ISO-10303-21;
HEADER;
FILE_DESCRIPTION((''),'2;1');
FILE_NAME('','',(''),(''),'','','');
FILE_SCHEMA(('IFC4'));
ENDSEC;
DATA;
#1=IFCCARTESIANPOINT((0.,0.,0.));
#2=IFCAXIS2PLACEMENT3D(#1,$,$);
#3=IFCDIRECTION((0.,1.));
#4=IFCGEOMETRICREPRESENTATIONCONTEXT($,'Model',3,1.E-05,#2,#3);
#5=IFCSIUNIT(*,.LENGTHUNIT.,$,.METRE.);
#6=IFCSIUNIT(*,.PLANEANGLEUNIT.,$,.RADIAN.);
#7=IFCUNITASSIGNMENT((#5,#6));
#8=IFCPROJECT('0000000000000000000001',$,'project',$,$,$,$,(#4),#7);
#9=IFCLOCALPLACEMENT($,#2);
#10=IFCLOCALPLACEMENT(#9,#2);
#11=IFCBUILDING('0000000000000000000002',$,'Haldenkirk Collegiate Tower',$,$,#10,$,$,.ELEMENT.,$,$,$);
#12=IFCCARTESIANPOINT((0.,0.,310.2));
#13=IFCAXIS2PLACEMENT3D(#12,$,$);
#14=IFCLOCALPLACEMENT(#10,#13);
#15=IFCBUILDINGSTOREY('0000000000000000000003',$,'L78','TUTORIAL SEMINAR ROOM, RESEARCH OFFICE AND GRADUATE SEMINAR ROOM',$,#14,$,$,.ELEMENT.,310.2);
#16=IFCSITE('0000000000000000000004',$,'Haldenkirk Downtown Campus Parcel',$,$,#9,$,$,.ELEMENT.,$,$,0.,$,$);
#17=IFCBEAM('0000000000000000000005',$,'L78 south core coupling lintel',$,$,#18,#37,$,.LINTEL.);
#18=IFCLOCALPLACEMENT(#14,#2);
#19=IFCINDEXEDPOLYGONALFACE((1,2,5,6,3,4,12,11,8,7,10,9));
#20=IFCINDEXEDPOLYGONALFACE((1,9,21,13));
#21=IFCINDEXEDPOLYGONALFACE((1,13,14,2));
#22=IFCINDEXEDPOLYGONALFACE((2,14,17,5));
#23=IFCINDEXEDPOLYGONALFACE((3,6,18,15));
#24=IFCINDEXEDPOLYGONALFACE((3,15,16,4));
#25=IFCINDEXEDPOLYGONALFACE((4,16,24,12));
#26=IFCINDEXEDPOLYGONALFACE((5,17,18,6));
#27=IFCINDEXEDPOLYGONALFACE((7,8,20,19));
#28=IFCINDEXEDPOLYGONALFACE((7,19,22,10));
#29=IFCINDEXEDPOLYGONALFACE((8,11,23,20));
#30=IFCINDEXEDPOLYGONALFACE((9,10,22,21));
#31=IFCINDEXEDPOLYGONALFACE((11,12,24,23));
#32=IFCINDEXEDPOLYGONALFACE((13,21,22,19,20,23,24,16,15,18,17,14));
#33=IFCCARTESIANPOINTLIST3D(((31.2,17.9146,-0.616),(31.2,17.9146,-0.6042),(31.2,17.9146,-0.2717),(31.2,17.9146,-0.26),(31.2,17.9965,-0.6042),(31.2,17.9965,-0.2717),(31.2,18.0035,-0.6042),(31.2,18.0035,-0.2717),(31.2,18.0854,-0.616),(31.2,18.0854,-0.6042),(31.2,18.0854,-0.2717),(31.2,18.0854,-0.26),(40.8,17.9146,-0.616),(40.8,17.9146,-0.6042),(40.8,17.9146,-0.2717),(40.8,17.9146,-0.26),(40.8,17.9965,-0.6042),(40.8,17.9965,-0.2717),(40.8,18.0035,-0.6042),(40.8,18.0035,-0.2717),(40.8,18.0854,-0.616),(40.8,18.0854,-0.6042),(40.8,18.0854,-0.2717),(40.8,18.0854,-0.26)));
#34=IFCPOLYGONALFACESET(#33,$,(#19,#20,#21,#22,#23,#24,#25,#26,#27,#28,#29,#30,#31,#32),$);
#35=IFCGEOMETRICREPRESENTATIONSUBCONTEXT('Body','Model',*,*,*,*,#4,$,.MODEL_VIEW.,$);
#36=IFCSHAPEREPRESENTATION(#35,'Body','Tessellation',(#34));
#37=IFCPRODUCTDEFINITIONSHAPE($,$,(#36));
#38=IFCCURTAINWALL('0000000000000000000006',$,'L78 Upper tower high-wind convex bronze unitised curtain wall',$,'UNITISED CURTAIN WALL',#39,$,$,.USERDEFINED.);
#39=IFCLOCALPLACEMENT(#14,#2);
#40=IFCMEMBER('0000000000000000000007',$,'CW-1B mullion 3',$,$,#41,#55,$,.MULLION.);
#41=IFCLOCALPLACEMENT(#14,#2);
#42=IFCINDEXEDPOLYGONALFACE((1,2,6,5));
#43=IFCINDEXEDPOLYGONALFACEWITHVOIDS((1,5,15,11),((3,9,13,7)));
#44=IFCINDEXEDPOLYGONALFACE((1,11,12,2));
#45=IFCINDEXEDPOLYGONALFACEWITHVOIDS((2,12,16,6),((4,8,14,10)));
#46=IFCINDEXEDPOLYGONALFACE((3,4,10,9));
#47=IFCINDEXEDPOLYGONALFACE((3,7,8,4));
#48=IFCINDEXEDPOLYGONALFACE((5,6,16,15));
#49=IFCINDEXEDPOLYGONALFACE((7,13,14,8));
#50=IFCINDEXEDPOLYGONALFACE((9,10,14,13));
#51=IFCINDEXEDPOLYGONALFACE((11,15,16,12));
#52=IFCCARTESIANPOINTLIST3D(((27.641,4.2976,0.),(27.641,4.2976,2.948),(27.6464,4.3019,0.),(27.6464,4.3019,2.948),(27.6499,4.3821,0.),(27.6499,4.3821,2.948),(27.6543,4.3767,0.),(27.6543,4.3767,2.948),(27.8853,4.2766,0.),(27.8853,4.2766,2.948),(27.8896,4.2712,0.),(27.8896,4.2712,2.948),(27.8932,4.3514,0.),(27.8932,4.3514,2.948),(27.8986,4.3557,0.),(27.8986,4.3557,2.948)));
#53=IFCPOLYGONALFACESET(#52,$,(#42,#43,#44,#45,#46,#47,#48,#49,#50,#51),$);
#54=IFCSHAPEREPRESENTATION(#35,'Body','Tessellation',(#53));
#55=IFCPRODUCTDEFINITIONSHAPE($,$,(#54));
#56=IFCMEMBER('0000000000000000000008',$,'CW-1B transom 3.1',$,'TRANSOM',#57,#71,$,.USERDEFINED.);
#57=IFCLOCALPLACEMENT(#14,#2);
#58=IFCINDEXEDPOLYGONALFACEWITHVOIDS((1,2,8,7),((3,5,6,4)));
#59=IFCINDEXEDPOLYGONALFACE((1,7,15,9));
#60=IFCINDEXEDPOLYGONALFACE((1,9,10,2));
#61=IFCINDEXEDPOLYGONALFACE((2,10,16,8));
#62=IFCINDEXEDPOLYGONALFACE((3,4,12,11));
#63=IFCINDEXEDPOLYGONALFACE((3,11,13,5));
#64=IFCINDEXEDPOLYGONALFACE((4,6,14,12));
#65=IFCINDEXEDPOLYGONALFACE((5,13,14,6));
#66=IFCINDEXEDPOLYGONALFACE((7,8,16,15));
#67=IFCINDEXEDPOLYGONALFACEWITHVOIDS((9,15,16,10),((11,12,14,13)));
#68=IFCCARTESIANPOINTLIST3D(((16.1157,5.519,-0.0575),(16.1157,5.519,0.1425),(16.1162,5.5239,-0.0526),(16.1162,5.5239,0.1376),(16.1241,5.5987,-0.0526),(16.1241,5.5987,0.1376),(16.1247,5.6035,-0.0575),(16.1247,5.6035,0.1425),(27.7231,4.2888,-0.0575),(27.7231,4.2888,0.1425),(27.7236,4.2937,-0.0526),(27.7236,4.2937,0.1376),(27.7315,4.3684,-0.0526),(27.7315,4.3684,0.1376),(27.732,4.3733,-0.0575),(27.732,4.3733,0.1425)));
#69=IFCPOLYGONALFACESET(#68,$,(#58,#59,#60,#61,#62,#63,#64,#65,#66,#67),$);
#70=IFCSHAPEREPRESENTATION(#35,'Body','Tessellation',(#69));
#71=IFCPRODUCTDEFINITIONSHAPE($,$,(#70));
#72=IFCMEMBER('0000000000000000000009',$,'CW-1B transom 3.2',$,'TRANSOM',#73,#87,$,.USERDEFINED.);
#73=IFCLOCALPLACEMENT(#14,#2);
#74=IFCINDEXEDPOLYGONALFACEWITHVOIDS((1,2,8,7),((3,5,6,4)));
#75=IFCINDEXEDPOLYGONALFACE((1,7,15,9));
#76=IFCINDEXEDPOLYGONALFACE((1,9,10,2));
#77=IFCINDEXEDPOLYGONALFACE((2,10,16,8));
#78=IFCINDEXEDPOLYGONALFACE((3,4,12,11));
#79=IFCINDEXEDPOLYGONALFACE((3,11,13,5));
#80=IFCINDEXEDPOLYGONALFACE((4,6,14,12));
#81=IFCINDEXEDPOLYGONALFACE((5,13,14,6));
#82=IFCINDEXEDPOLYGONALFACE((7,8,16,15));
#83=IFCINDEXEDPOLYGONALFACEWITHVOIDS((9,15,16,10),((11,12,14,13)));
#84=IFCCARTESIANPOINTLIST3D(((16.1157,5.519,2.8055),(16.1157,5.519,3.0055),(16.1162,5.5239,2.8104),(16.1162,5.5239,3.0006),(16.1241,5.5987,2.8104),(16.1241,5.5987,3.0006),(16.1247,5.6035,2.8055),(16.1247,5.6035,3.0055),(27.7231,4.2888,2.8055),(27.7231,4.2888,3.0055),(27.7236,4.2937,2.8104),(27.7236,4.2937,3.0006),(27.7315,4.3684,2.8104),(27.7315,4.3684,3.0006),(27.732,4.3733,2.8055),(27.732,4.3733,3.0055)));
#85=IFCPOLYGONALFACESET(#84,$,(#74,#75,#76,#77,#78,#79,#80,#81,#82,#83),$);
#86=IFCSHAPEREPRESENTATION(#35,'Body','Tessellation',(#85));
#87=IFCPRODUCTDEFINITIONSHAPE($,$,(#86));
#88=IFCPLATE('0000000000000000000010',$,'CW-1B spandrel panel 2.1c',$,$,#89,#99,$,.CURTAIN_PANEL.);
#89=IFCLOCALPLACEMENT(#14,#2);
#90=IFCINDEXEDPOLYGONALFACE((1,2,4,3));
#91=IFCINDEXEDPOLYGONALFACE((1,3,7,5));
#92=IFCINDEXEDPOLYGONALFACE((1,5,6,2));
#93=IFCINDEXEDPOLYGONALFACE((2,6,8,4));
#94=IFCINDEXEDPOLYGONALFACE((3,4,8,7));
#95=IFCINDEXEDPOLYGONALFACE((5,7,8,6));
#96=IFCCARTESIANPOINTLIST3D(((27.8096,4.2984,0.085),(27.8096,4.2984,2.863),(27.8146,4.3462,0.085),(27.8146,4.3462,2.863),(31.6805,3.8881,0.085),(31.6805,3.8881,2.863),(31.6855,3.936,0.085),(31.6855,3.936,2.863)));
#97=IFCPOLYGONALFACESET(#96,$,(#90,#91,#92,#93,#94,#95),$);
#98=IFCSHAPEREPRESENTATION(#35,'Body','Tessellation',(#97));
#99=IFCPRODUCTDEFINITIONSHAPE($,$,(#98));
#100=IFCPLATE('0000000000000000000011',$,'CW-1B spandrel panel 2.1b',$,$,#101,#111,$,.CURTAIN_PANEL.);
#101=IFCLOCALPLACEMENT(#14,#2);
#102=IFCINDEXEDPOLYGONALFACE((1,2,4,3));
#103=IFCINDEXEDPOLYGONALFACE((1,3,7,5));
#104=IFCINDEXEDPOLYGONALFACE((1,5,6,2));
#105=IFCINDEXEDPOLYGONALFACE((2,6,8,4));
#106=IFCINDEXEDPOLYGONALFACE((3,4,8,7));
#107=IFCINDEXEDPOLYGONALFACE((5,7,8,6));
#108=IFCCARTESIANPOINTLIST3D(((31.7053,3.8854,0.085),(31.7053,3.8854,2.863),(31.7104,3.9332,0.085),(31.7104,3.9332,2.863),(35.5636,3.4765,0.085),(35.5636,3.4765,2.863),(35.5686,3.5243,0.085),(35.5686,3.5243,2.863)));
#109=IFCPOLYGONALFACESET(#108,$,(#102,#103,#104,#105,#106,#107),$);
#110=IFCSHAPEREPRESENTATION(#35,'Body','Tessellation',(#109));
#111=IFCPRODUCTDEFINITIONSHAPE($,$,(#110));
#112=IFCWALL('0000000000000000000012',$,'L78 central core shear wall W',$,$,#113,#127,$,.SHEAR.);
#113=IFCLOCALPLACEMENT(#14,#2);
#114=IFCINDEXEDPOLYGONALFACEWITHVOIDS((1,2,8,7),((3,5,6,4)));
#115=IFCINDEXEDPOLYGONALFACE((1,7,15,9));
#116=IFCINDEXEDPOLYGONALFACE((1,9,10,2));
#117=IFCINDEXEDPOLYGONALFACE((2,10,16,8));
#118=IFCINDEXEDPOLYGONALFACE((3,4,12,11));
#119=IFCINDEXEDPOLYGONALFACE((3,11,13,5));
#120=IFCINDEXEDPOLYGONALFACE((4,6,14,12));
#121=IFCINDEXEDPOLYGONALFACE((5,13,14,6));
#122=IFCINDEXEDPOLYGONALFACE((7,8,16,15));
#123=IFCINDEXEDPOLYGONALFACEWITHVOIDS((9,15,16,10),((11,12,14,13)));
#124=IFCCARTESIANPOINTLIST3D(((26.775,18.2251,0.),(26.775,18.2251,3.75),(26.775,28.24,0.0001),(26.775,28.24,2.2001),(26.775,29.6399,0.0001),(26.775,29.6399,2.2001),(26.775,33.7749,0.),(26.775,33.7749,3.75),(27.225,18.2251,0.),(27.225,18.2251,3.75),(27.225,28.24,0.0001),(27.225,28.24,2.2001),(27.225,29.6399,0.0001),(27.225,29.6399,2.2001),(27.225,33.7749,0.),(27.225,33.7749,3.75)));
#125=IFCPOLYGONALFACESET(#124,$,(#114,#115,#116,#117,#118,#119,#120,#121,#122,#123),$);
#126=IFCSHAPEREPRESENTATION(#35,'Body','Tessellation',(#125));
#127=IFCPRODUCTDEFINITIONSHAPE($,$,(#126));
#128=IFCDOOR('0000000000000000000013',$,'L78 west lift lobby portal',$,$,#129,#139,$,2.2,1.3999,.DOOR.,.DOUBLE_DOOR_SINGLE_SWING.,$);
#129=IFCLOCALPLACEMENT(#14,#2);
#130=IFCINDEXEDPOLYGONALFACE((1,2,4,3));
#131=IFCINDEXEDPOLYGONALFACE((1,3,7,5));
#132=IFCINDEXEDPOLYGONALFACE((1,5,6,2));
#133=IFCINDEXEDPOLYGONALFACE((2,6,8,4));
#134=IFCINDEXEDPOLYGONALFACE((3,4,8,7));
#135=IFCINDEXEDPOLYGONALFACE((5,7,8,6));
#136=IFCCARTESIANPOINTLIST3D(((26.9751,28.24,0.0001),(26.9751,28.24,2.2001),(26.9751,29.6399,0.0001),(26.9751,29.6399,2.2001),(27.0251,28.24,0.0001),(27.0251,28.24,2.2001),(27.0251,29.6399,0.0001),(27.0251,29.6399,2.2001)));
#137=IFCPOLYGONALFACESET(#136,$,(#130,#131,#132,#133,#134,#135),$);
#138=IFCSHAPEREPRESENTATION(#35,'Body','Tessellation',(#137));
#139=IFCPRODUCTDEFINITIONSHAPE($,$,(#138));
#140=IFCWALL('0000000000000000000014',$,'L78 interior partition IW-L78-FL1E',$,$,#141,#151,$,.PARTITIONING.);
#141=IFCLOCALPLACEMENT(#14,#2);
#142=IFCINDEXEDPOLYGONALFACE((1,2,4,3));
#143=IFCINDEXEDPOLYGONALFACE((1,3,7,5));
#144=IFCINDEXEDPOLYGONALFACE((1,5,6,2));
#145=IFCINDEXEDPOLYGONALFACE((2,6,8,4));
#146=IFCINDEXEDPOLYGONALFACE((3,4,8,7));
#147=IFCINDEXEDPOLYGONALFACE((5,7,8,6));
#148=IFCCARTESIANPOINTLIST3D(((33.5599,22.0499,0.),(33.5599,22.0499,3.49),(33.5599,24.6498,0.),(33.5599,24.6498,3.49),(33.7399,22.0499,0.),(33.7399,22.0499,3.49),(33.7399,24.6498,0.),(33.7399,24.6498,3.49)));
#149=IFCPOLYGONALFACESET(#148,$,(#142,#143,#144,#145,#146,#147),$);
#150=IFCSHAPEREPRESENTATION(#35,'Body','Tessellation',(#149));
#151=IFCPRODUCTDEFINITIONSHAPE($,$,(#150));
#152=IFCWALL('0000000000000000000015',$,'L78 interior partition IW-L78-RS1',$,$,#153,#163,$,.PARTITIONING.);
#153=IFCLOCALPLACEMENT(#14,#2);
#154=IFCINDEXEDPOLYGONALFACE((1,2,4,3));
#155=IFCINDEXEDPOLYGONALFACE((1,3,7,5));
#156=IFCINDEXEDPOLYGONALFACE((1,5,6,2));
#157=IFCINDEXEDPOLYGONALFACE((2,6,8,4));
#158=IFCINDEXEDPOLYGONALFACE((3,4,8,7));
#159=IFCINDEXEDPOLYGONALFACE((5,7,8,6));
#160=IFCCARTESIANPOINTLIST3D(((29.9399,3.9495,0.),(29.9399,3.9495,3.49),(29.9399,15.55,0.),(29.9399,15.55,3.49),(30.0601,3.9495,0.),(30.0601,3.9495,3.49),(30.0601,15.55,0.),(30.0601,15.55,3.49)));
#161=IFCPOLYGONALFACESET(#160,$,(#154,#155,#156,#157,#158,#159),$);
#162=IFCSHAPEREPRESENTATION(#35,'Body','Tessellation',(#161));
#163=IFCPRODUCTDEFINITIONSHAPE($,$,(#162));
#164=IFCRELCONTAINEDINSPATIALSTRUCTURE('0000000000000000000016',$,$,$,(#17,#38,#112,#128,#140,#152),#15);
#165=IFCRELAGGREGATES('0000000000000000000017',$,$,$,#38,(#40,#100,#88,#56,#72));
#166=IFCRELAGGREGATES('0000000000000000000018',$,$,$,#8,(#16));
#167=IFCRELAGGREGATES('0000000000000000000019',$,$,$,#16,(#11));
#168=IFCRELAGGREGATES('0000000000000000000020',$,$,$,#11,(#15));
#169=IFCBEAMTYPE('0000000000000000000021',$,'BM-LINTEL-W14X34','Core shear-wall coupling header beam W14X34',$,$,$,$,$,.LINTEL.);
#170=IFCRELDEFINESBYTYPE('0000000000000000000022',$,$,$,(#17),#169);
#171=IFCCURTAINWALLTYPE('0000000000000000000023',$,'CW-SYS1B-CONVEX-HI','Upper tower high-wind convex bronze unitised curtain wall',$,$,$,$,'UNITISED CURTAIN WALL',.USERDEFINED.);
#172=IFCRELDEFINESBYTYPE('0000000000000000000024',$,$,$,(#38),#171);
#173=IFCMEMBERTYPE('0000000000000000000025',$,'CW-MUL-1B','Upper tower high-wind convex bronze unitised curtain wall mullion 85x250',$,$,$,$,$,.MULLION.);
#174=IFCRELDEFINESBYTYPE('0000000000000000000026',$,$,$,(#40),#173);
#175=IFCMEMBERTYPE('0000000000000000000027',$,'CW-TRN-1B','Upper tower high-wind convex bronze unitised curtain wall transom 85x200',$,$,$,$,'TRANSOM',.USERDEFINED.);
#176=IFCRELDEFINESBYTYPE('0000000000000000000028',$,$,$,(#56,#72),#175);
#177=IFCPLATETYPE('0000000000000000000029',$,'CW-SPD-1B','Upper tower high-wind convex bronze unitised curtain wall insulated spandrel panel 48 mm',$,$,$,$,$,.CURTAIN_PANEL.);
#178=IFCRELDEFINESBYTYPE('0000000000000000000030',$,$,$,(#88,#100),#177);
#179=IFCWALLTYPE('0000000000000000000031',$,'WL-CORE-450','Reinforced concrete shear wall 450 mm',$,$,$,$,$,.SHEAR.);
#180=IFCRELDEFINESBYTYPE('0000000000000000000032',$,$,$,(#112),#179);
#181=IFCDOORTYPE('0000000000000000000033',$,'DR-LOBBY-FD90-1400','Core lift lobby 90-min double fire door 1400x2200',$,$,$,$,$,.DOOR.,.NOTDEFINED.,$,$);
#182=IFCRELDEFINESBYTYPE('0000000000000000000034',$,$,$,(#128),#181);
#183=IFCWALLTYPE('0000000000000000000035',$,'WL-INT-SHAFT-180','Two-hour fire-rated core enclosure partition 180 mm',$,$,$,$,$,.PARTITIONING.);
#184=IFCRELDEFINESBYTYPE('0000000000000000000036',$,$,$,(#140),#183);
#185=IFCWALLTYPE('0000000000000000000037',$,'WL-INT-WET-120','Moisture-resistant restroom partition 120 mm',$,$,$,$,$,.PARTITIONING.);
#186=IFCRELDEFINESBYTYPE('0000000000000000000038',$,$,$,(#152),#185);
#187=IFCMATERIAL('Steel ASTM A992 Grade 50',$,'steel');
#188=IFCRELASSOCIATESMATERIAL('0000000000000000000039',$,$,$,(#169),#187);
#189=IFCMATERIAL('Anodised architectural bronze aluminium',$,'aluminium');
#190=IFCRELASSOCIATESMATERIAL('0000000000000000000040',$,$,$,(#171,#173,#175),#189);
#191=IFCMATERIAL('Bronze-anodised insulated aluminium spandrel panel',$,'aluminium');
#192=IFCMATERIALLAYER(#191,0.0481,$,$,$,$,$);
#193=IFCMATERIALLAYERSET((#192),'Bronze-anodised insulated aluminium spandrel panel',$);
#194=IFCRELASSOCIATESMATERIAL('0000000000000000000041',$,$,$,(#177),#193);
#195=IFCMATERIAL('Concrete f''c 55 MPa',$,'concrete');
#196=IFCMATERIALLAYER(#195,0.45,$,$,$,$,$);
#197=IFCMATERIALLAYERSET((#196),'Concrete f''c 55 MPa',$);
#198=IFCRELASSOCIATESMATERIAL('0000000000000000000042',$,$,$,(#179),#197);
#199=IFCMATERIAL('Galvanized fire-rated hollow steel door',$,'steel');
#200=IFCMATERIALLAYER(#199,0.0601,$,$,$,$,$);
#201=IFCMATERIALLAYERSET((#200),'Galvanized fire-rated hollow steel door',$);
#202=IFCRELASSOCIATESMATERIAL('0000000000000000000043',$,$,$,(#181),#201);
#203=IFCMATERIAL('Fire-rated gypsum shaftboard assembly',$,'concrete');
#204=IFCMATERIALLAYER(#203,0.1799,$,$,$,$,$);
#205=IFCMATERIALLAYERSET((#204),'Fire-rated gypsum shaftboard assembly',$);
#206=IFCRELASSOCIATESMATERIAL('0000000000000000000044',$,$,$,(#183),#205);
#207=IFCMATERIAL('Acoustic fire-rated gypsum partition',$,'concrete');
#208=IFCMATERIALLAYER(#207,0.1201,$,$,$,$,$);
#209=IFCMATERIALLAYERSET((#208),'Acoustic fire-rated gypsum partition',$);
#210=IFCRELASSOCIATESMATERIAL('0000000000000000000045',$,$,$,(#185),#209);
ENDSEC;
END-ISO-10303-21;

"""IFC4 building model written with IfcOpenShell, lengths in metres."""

from ifc_helpers import new_model, si_unit, direction, frame, frame_2d, origin, origin_2d, place, context, subcontext, project, spatial, rectangle, hollow_rectangle, i_section, extrude, source, transform, mapped, material, layer, layer_set, material_profile, profile_set, type_object, element, fill, aggregate, save


model = new_model("IFC4")

# Units and contexts
model_context = context("Model", 3, precision=1e-05, world=origin(), true_north=direction((0.0, 1.0)))
body_context = subcontext(model_context, "Body", "Model", "MODEL_VIEW")
ifc_project = project(units=[si_unit("LENGTHUNIT", "METRE"), si_unit("PLANEANGLEUNIT", "RADIAN")], contexts=[model_context])

# Site, building, storey
site_placement = place(None, origin())
site = spatial("IfcSite", under=ifc_project, at=site_placement, Name="Haldenkirk Downtown Campus Parcel", CompositionType="ELEMENT", RefElevation=0.0)
building_placement = place(site_placement, origin())
building = spatial("IfcBuilding", under=site, at=building_placement, Name="Haldenkirk Collegiate Tower", CompositionType="ELEMENT")
storey_placement = place(building_placement, frame((0.0, 0.0, 310.2)))
storey = spatial("IfcBuildingStorey", under=building, at=storey_placement, Name="L78", Description="TUTORIAL SEMINAR ROOM, RESEARCH OFFICE AND GRADUATE SEMINAR ROOM", CompositionType="ELEMENT", Elevation=310.2)

# Beam
ifc_material_1 = material(Name="Steel ASTM A992 Grade 50", Category="steel")
ifc_material_profile_1 = material_profile(ifc_material_1, i_section(OverallWidth=0.1709, OverallDepth=0.356, WebThickness=0.0071, FlangeThickness=0.0117, at=origin_2d()), Name="W14X34")
ifc_profile_set_1 = profile_set([ifc_material_profile_1], Name="Steel ASTM A992 Grade 50")
beam_type = type_object("IfcBeamType", Name="BM-LINTEL-W14X34", Description="Core shear-wall coupling header beam W14X34", PredefinedType="LINTEL", material=ifc_profile_set_1)
beam_placement = place(storey_placement, frame((31.2, 18.0, -0.438), z_axis=(1.0, 0.0, 0.0), x_axis=(0.0, 1.0, 0.0)))
element("IfcBeam", 1, at=beam_placement, inside=storey, type_object=beam_type, Name="L78 south core coupling lintel", PredefinedType="LINTEL", context=body_context, shape_type="SweptSolid", body=[
    extrude(i_section(OverallWidth=0.1709, OverallDepth=0.356, WebThickness=0.0071, FlangeThickness=0.0117, at=origin_2d()), origin(), (0.0, 0.0, 1.0), 9.6001),
])

# Curtain wall, members, plates
ifc_material_2 = material(Name="Anodised architectural bronze aluminium", Category="aluminium")
curtain_wall_type = type_object("IfcCurtainWallType", Name="CW-SYS1B-CONVEX-HI", Description="Upper tower high-wind convex bronze unitised curtain wall", ElementType="UNITISED CURTAIN WALL", PredefinedType="USERDEFINED", material=ifc_material_2)
curtain_wall_placement = place(storey_placement, origin())
curtain_wall = element("IfcCurtainWall", 2, at=curtain_wall_placement, inside=storey, type_object=curtain_wall_type, Name="L78 Upper tower high-wind convex bronze unitised curtain wall", ObjectType="UNITISED CURTAIN WALL", PredefinedType="USERDEFINED")
ifc_material_profile_2 = material_profile(ifc_material_2, hollow_rectangle(XDim=0.085, YDim=0.25, WallThickness=0.0049, at=origin_2d()), Name="CW-MUL-1B")
ifc_profile_set_2 = profile_set([ifc_material_profile_2], Name="Anodised architectural bronze aluminium")
member_type_1 = type_object("IfcMemberType", Name="CW-MUL-1B", Description="Upper tower high-wind convex bronze unitised curtain wall mullion 85x250", PredefinedType="MULLION", material=ifc_profile_set_2)
member_1_placement = place(storey_placement, frame((27.7698, 4.3267, 0.0), z_axis=(0.0, 0.0, 1.0), x_axis=(-0.105393, -0.994431, 0.0)))
member_1 = element("IfcMember", 3, at=member_1_placement, type_object=member_type_1, Name="CW-1B mullion 3", PredefinedType="MULLION", context=body_context, shape_type="SweptSolid", body=[
    extrude(hollow_rectangle(XDim=0.085, YDim=0.25, WallThickness=0.0049, at=origin_2d()), origin(), (0.0, 0.0, 1.0), 2.948),
])
ifc_material_profile_3 = material_profile(ifc_material_2, hollow_rectangle(XDim=0.085, YDim=0.2, WallThickness=0.0049, at=origin_2d()), Name="CW-TRN-1B")
ifc_profile_set_3 = profile_set([ifc_material_profile_3], Name="Anodised architectural bronze aluminium")
member_type_2 = type_object("IfcMemberType", Name="CW-TRN-1B", Description="Upper tower high-wind convex bronze unitised curtain wall transom 85x200", ElementType="TRANSOM", PredefinedType="USERDEFINED", material=ifc_profile_set_3)
member_2_placement = place(storey_placement, frame((27.7275, 4.3311, 0.0425), z_axis=(-0.99443, 0.105396, 0.0), x_axis=(-0.105396, -0.99443, 0.0)))
member_2 = element("IfcMember", 4, at=member_2_placement, type_object=member_type_2, Name="CW-1B transom 3.1", ObjectType="TRANSOM", PredefinedType="USERDEFINED", context=body_context, shape_type="SweptSolid", body=[
    extrude(hollow_rectangle(XDim=0.085, YDim=0.2, WallThickness=0.0049, at=origin_2d()), origin(), (0.0, 0.0, 1.0), 11.6724),
])
member_3_placement = place(storey_placement, frame((27.7275, 4.3311, 2.9055), z_axis=(-0.99443, 0.105396, 0.0), x_axis=(-0.105396, -0.99443, 0.0)))
member_3 = element("IfcMember", 5, at=member_3_placement, type_object=member_type_2, Name="CW-1B transom 3.2", ObjectType="TRANSOM", PredefinedType="USERDEFINED", context=body_context, shape_type="SweptSolid", body=[
    extrude(hollow_rectangle(XDim=0.085, YDim=0.2, WallThickness=0.0049, at=origin_2d()), origin(), (0.0, 0.0, 1.0), 11.6724),
])
ifc_material_3 = material(Name="Bronze-anodised insulated aluminium spandrel panel", Category="aluminium")
ifc_layer_1 = layer(ifc_material_3, 0.0481)
ifc_layer_set_1 = layer_set([ifc_layer_1], Name="Bronze-anodised insulated aluminium spandrel panel")
plate_type = type_object("IfcPlateType", Name="CW-SPD-1B", Description="Upper tower high-wind convex bronze unitised curtain wall insulated spandrel panel 48 mm", PredefinedType="CURTAIN_PANEL", material=ifc_layer_set_1)
shared_shape_1 = source(origin(), body_context, "Body", "SweptSolid", [
    extrude(rectangle(XDim=3.8926, YDim=0.0481, at=origin_2d()), origin(), (0.0, 0.0, 1.0), 2.7781),
])
plate_1_placement = place(storey_placement, frame((29.7476, 4.1172, 0.085), z_axis=(0.0, 0.0, 1.0), x_axis=(-0.994431, 0.105393, 0.0)))
plate_1 = element("IfcPlate", 6, at=plate_1_placement, type_object=plate_type, Name="CW-1B spandrel panel 2.1c", PredefinedType="CURTAIN_PANEL", context=body_context, shape_type="MappedRepresentation", body=[
    mapped(shared_shape_1, transform((0.0, 0.0, 0.0), x_axis=(1.0, 0.0, 0.0), y_axis=(0.0, 1.0, 0.0), z_axis=(0.0, 0.0, 1.0), scale=1.0)),
])
shared_shape_2 = source(origin(), body_context, "Body", "SweptSolid", [
    extrude(rectangle(XDim=3.8799, YDim=0.0481, at=origin_2d()), origin(), (0.0, 0.0, 1.0), 2.7781),
])
plate_2_placement = place(storey_placement, frame((33.637, 3.7048, 0.085), z_axis=(0.0, 0.0, 1.0), x_axis=(-0.994431, 0.105393, 0.0)))
plate_2 = element("IfcPlate", 7, at=plate_2_placement, type_object=plate_type, Name="CW-1B spandrel panel 2.1b", PredefinedType="CURTAIN_PANEL", context=body_context, shape_type="MappedRepresentation", body=[
    mapped(shared_shape_2, transform((0.0, 0.0, 0.0), x_axis=(1.0, 0.0, 0.0), y_axis=(0.0, 1.0, 0.0), z_axis=(0.0, 0.0, 1.0), scale=1.0)),
])
aggregate(curtain_wall, [member_1, plate_2, plate_1, member_2, member_3])

# Shared definitions
ifc_material_4 = material(Name="Concrete f'c 55 MPa", Category="concrete")
ifc_layer_2 = layer(ifc_material_4, 0.45)
ifc_layer_set_2 = layer_set([ifc_layer_2], Name="Concrete f'c 55 MPa")
wall_type_1 = type_object("IfcWallType", Name="WL-CORE-450", Description="Reinforced concrete shear wall 450 mm", PredefinedType="SHEAR", material=ifc_layer_set_2)
ifc_material_5 = material(Name="Galvanized fire-rated hollow steel door", Category="steel")

# Wall, opening, door
wall_1_placement = place(storey_placement, frame((27.0, 18.2251, 0.0), z_axis=(0.0, 0.0, 1.0), x_axis=(0.0, 1.0, 0.0)))
wall_1 = element("IfcWall", 8, at=wall_1_placement, inside=storey, type_object=wall_type_1, Name="L78 central core shear wall W", PredefinedType="SHEAR", context=body_context, shape_type="SweptSolid", body=[
    extrude(rectangle(XDim=15.5498, YDim=0.45, at=frame_2d((7.7749, 0.0))), origin(), (0.0, 0.0, 1.0), 3.75),
])
opening_1_placement = place(wall_1_placement, frame((10.0149, 0.0, 0.0)))
opening_1 = element("IfcOpeningElement", 9, at=opening_1_placement, cuts=wall_1, PredefinedType="OPENING", context=body_context, shape_type="SweptSolid", body=[
    extrude(rectangle(XDim=1.3999, YDim=2.2, at=frame_2d((0.7, 1.1001))), frame((0.0, 0.2349, 0.0), z_axis=(0.0, -1.0, 0.0), x_axis=(1.0, 0.0, 0.0)), (0.0, 0.0, 1.0), 0.47),
])
ifc_layer_3 = layer(ifc_material_5, 0.0601)
ifc_layer_set_3 = layer_set([ifc_layer_3], Name="Galvanized fire-rated hollow steel door")
door_type_1 = type_object("IfcDoorType", Name="DR-LOBBY-FD90-1400", Description="Core lift lobby 90-min double fire door 1400x2200", OperationType="NOTDEFINED", PredefinedType="DOOR", material=ifc_layer_set_3)
door_1_placement = place(opening_1_placement, origin())
door_1 = element("IfcDoor", 10, at=door_1_placement, inside=storey, type_object=door_type_1, Name="L78 west lift lobby portal", OperationType="DOUBLE_DOOR_SINGLE_SWING", OverallHeight=2.2, OverallWidth=1.3999, PredefinedType="DOOR", context=body_context, shape_type="SweptSolid", body=[
    extrude(rectangle(XDim=1.3999, YDim=2.2, at=frame_2d((0.7, 1.1001))), frame((0.0, 0.0249, 0.0), z_axis=(0.0, -1.0, 0.0), x_axis=(1.0, 0.0, 0.0)), (0.0, 0.0, 1.0), 0.05),
])
fill(opening_1, door_1)

# Wall
ifc_material_6 = material(Name="Fire-rated gypsum shaftboard assembly", Category="concrete")
ifc_layer_4 = layer(ifc_material_6, 0.1799)
ifc_layer_set_4 = layer_set([ifc_layer_4], Name="Fire-rated gypsum shaftboard assembly")
wall_type_2 = type_object("IfcWallType", Name="WL-INT-SHAFT-180", Description="Two-hour fire-rated core enclosure partition 180 mm", PredefinedType="PARTITIONING", material=ifc_layer_set_4)
wall_2_placement = place(storey_placement, frame((33.6499, 22.05, 0.0), z_axis=(0.0, 0.0, 1.0), x_axis=(0.0, 1.0, 0.0)))
element("IfcWall", 11, at=wall_2_placement, inside=storey, type_object=wall_type_2, Name="L78 interior partition IW-L78-FL1E", PredefinedType="PARTITIONING", context=body_context, shape_type="SweptSolid", body=[
    extrude(rectangle(XDim=2.5999, YDim=0.1799, at=frame_2d((1.2998, 0.0))), origin(), (0.0, 0.0, 1.0), 3.49),
])

# Wall
ifc_material_7 = material(Name="Acoustic fire-rated gypsum partition", Category="concrete")
ifc_layer_5 = layer(ifc_material_7, 0.1201)
ifc_layer_set_5 = layer_set([ifc_layer_5], Name="Acoustic fire-rated gypsum partition")
wall_type_3 = type_object("IfcWallType", Name="WL-INT-WET-120", Description="Moisture-resistant restroom partition 120 mm", PredefinedType="PARTITIONING", material=ifc_layer_set_5)
wall_3_placement = place(storey_placement, frame((30.0, 3.9495, 0.0), z_axis=(0.0, 0.0, 1.0), x_axis=(0.0, 1.0, 0.0)))
element("IfcWall", 12, at=wall_3_placement, inside=storey, type_object=wall_type_3, Name="L78 interior partition IW-L78-RS1", PredefinedType="PARTITIONING", context=body_context, shape_type="SweptSolid", body=[
    extrude(rectangle(XDim=11.6006, YDim=0.1201, at=frame_2d((5.8003, 0.0))), origin(), (0.0, 0.0, 1.0), 3.49),
])

save(model, "model.ifc")
